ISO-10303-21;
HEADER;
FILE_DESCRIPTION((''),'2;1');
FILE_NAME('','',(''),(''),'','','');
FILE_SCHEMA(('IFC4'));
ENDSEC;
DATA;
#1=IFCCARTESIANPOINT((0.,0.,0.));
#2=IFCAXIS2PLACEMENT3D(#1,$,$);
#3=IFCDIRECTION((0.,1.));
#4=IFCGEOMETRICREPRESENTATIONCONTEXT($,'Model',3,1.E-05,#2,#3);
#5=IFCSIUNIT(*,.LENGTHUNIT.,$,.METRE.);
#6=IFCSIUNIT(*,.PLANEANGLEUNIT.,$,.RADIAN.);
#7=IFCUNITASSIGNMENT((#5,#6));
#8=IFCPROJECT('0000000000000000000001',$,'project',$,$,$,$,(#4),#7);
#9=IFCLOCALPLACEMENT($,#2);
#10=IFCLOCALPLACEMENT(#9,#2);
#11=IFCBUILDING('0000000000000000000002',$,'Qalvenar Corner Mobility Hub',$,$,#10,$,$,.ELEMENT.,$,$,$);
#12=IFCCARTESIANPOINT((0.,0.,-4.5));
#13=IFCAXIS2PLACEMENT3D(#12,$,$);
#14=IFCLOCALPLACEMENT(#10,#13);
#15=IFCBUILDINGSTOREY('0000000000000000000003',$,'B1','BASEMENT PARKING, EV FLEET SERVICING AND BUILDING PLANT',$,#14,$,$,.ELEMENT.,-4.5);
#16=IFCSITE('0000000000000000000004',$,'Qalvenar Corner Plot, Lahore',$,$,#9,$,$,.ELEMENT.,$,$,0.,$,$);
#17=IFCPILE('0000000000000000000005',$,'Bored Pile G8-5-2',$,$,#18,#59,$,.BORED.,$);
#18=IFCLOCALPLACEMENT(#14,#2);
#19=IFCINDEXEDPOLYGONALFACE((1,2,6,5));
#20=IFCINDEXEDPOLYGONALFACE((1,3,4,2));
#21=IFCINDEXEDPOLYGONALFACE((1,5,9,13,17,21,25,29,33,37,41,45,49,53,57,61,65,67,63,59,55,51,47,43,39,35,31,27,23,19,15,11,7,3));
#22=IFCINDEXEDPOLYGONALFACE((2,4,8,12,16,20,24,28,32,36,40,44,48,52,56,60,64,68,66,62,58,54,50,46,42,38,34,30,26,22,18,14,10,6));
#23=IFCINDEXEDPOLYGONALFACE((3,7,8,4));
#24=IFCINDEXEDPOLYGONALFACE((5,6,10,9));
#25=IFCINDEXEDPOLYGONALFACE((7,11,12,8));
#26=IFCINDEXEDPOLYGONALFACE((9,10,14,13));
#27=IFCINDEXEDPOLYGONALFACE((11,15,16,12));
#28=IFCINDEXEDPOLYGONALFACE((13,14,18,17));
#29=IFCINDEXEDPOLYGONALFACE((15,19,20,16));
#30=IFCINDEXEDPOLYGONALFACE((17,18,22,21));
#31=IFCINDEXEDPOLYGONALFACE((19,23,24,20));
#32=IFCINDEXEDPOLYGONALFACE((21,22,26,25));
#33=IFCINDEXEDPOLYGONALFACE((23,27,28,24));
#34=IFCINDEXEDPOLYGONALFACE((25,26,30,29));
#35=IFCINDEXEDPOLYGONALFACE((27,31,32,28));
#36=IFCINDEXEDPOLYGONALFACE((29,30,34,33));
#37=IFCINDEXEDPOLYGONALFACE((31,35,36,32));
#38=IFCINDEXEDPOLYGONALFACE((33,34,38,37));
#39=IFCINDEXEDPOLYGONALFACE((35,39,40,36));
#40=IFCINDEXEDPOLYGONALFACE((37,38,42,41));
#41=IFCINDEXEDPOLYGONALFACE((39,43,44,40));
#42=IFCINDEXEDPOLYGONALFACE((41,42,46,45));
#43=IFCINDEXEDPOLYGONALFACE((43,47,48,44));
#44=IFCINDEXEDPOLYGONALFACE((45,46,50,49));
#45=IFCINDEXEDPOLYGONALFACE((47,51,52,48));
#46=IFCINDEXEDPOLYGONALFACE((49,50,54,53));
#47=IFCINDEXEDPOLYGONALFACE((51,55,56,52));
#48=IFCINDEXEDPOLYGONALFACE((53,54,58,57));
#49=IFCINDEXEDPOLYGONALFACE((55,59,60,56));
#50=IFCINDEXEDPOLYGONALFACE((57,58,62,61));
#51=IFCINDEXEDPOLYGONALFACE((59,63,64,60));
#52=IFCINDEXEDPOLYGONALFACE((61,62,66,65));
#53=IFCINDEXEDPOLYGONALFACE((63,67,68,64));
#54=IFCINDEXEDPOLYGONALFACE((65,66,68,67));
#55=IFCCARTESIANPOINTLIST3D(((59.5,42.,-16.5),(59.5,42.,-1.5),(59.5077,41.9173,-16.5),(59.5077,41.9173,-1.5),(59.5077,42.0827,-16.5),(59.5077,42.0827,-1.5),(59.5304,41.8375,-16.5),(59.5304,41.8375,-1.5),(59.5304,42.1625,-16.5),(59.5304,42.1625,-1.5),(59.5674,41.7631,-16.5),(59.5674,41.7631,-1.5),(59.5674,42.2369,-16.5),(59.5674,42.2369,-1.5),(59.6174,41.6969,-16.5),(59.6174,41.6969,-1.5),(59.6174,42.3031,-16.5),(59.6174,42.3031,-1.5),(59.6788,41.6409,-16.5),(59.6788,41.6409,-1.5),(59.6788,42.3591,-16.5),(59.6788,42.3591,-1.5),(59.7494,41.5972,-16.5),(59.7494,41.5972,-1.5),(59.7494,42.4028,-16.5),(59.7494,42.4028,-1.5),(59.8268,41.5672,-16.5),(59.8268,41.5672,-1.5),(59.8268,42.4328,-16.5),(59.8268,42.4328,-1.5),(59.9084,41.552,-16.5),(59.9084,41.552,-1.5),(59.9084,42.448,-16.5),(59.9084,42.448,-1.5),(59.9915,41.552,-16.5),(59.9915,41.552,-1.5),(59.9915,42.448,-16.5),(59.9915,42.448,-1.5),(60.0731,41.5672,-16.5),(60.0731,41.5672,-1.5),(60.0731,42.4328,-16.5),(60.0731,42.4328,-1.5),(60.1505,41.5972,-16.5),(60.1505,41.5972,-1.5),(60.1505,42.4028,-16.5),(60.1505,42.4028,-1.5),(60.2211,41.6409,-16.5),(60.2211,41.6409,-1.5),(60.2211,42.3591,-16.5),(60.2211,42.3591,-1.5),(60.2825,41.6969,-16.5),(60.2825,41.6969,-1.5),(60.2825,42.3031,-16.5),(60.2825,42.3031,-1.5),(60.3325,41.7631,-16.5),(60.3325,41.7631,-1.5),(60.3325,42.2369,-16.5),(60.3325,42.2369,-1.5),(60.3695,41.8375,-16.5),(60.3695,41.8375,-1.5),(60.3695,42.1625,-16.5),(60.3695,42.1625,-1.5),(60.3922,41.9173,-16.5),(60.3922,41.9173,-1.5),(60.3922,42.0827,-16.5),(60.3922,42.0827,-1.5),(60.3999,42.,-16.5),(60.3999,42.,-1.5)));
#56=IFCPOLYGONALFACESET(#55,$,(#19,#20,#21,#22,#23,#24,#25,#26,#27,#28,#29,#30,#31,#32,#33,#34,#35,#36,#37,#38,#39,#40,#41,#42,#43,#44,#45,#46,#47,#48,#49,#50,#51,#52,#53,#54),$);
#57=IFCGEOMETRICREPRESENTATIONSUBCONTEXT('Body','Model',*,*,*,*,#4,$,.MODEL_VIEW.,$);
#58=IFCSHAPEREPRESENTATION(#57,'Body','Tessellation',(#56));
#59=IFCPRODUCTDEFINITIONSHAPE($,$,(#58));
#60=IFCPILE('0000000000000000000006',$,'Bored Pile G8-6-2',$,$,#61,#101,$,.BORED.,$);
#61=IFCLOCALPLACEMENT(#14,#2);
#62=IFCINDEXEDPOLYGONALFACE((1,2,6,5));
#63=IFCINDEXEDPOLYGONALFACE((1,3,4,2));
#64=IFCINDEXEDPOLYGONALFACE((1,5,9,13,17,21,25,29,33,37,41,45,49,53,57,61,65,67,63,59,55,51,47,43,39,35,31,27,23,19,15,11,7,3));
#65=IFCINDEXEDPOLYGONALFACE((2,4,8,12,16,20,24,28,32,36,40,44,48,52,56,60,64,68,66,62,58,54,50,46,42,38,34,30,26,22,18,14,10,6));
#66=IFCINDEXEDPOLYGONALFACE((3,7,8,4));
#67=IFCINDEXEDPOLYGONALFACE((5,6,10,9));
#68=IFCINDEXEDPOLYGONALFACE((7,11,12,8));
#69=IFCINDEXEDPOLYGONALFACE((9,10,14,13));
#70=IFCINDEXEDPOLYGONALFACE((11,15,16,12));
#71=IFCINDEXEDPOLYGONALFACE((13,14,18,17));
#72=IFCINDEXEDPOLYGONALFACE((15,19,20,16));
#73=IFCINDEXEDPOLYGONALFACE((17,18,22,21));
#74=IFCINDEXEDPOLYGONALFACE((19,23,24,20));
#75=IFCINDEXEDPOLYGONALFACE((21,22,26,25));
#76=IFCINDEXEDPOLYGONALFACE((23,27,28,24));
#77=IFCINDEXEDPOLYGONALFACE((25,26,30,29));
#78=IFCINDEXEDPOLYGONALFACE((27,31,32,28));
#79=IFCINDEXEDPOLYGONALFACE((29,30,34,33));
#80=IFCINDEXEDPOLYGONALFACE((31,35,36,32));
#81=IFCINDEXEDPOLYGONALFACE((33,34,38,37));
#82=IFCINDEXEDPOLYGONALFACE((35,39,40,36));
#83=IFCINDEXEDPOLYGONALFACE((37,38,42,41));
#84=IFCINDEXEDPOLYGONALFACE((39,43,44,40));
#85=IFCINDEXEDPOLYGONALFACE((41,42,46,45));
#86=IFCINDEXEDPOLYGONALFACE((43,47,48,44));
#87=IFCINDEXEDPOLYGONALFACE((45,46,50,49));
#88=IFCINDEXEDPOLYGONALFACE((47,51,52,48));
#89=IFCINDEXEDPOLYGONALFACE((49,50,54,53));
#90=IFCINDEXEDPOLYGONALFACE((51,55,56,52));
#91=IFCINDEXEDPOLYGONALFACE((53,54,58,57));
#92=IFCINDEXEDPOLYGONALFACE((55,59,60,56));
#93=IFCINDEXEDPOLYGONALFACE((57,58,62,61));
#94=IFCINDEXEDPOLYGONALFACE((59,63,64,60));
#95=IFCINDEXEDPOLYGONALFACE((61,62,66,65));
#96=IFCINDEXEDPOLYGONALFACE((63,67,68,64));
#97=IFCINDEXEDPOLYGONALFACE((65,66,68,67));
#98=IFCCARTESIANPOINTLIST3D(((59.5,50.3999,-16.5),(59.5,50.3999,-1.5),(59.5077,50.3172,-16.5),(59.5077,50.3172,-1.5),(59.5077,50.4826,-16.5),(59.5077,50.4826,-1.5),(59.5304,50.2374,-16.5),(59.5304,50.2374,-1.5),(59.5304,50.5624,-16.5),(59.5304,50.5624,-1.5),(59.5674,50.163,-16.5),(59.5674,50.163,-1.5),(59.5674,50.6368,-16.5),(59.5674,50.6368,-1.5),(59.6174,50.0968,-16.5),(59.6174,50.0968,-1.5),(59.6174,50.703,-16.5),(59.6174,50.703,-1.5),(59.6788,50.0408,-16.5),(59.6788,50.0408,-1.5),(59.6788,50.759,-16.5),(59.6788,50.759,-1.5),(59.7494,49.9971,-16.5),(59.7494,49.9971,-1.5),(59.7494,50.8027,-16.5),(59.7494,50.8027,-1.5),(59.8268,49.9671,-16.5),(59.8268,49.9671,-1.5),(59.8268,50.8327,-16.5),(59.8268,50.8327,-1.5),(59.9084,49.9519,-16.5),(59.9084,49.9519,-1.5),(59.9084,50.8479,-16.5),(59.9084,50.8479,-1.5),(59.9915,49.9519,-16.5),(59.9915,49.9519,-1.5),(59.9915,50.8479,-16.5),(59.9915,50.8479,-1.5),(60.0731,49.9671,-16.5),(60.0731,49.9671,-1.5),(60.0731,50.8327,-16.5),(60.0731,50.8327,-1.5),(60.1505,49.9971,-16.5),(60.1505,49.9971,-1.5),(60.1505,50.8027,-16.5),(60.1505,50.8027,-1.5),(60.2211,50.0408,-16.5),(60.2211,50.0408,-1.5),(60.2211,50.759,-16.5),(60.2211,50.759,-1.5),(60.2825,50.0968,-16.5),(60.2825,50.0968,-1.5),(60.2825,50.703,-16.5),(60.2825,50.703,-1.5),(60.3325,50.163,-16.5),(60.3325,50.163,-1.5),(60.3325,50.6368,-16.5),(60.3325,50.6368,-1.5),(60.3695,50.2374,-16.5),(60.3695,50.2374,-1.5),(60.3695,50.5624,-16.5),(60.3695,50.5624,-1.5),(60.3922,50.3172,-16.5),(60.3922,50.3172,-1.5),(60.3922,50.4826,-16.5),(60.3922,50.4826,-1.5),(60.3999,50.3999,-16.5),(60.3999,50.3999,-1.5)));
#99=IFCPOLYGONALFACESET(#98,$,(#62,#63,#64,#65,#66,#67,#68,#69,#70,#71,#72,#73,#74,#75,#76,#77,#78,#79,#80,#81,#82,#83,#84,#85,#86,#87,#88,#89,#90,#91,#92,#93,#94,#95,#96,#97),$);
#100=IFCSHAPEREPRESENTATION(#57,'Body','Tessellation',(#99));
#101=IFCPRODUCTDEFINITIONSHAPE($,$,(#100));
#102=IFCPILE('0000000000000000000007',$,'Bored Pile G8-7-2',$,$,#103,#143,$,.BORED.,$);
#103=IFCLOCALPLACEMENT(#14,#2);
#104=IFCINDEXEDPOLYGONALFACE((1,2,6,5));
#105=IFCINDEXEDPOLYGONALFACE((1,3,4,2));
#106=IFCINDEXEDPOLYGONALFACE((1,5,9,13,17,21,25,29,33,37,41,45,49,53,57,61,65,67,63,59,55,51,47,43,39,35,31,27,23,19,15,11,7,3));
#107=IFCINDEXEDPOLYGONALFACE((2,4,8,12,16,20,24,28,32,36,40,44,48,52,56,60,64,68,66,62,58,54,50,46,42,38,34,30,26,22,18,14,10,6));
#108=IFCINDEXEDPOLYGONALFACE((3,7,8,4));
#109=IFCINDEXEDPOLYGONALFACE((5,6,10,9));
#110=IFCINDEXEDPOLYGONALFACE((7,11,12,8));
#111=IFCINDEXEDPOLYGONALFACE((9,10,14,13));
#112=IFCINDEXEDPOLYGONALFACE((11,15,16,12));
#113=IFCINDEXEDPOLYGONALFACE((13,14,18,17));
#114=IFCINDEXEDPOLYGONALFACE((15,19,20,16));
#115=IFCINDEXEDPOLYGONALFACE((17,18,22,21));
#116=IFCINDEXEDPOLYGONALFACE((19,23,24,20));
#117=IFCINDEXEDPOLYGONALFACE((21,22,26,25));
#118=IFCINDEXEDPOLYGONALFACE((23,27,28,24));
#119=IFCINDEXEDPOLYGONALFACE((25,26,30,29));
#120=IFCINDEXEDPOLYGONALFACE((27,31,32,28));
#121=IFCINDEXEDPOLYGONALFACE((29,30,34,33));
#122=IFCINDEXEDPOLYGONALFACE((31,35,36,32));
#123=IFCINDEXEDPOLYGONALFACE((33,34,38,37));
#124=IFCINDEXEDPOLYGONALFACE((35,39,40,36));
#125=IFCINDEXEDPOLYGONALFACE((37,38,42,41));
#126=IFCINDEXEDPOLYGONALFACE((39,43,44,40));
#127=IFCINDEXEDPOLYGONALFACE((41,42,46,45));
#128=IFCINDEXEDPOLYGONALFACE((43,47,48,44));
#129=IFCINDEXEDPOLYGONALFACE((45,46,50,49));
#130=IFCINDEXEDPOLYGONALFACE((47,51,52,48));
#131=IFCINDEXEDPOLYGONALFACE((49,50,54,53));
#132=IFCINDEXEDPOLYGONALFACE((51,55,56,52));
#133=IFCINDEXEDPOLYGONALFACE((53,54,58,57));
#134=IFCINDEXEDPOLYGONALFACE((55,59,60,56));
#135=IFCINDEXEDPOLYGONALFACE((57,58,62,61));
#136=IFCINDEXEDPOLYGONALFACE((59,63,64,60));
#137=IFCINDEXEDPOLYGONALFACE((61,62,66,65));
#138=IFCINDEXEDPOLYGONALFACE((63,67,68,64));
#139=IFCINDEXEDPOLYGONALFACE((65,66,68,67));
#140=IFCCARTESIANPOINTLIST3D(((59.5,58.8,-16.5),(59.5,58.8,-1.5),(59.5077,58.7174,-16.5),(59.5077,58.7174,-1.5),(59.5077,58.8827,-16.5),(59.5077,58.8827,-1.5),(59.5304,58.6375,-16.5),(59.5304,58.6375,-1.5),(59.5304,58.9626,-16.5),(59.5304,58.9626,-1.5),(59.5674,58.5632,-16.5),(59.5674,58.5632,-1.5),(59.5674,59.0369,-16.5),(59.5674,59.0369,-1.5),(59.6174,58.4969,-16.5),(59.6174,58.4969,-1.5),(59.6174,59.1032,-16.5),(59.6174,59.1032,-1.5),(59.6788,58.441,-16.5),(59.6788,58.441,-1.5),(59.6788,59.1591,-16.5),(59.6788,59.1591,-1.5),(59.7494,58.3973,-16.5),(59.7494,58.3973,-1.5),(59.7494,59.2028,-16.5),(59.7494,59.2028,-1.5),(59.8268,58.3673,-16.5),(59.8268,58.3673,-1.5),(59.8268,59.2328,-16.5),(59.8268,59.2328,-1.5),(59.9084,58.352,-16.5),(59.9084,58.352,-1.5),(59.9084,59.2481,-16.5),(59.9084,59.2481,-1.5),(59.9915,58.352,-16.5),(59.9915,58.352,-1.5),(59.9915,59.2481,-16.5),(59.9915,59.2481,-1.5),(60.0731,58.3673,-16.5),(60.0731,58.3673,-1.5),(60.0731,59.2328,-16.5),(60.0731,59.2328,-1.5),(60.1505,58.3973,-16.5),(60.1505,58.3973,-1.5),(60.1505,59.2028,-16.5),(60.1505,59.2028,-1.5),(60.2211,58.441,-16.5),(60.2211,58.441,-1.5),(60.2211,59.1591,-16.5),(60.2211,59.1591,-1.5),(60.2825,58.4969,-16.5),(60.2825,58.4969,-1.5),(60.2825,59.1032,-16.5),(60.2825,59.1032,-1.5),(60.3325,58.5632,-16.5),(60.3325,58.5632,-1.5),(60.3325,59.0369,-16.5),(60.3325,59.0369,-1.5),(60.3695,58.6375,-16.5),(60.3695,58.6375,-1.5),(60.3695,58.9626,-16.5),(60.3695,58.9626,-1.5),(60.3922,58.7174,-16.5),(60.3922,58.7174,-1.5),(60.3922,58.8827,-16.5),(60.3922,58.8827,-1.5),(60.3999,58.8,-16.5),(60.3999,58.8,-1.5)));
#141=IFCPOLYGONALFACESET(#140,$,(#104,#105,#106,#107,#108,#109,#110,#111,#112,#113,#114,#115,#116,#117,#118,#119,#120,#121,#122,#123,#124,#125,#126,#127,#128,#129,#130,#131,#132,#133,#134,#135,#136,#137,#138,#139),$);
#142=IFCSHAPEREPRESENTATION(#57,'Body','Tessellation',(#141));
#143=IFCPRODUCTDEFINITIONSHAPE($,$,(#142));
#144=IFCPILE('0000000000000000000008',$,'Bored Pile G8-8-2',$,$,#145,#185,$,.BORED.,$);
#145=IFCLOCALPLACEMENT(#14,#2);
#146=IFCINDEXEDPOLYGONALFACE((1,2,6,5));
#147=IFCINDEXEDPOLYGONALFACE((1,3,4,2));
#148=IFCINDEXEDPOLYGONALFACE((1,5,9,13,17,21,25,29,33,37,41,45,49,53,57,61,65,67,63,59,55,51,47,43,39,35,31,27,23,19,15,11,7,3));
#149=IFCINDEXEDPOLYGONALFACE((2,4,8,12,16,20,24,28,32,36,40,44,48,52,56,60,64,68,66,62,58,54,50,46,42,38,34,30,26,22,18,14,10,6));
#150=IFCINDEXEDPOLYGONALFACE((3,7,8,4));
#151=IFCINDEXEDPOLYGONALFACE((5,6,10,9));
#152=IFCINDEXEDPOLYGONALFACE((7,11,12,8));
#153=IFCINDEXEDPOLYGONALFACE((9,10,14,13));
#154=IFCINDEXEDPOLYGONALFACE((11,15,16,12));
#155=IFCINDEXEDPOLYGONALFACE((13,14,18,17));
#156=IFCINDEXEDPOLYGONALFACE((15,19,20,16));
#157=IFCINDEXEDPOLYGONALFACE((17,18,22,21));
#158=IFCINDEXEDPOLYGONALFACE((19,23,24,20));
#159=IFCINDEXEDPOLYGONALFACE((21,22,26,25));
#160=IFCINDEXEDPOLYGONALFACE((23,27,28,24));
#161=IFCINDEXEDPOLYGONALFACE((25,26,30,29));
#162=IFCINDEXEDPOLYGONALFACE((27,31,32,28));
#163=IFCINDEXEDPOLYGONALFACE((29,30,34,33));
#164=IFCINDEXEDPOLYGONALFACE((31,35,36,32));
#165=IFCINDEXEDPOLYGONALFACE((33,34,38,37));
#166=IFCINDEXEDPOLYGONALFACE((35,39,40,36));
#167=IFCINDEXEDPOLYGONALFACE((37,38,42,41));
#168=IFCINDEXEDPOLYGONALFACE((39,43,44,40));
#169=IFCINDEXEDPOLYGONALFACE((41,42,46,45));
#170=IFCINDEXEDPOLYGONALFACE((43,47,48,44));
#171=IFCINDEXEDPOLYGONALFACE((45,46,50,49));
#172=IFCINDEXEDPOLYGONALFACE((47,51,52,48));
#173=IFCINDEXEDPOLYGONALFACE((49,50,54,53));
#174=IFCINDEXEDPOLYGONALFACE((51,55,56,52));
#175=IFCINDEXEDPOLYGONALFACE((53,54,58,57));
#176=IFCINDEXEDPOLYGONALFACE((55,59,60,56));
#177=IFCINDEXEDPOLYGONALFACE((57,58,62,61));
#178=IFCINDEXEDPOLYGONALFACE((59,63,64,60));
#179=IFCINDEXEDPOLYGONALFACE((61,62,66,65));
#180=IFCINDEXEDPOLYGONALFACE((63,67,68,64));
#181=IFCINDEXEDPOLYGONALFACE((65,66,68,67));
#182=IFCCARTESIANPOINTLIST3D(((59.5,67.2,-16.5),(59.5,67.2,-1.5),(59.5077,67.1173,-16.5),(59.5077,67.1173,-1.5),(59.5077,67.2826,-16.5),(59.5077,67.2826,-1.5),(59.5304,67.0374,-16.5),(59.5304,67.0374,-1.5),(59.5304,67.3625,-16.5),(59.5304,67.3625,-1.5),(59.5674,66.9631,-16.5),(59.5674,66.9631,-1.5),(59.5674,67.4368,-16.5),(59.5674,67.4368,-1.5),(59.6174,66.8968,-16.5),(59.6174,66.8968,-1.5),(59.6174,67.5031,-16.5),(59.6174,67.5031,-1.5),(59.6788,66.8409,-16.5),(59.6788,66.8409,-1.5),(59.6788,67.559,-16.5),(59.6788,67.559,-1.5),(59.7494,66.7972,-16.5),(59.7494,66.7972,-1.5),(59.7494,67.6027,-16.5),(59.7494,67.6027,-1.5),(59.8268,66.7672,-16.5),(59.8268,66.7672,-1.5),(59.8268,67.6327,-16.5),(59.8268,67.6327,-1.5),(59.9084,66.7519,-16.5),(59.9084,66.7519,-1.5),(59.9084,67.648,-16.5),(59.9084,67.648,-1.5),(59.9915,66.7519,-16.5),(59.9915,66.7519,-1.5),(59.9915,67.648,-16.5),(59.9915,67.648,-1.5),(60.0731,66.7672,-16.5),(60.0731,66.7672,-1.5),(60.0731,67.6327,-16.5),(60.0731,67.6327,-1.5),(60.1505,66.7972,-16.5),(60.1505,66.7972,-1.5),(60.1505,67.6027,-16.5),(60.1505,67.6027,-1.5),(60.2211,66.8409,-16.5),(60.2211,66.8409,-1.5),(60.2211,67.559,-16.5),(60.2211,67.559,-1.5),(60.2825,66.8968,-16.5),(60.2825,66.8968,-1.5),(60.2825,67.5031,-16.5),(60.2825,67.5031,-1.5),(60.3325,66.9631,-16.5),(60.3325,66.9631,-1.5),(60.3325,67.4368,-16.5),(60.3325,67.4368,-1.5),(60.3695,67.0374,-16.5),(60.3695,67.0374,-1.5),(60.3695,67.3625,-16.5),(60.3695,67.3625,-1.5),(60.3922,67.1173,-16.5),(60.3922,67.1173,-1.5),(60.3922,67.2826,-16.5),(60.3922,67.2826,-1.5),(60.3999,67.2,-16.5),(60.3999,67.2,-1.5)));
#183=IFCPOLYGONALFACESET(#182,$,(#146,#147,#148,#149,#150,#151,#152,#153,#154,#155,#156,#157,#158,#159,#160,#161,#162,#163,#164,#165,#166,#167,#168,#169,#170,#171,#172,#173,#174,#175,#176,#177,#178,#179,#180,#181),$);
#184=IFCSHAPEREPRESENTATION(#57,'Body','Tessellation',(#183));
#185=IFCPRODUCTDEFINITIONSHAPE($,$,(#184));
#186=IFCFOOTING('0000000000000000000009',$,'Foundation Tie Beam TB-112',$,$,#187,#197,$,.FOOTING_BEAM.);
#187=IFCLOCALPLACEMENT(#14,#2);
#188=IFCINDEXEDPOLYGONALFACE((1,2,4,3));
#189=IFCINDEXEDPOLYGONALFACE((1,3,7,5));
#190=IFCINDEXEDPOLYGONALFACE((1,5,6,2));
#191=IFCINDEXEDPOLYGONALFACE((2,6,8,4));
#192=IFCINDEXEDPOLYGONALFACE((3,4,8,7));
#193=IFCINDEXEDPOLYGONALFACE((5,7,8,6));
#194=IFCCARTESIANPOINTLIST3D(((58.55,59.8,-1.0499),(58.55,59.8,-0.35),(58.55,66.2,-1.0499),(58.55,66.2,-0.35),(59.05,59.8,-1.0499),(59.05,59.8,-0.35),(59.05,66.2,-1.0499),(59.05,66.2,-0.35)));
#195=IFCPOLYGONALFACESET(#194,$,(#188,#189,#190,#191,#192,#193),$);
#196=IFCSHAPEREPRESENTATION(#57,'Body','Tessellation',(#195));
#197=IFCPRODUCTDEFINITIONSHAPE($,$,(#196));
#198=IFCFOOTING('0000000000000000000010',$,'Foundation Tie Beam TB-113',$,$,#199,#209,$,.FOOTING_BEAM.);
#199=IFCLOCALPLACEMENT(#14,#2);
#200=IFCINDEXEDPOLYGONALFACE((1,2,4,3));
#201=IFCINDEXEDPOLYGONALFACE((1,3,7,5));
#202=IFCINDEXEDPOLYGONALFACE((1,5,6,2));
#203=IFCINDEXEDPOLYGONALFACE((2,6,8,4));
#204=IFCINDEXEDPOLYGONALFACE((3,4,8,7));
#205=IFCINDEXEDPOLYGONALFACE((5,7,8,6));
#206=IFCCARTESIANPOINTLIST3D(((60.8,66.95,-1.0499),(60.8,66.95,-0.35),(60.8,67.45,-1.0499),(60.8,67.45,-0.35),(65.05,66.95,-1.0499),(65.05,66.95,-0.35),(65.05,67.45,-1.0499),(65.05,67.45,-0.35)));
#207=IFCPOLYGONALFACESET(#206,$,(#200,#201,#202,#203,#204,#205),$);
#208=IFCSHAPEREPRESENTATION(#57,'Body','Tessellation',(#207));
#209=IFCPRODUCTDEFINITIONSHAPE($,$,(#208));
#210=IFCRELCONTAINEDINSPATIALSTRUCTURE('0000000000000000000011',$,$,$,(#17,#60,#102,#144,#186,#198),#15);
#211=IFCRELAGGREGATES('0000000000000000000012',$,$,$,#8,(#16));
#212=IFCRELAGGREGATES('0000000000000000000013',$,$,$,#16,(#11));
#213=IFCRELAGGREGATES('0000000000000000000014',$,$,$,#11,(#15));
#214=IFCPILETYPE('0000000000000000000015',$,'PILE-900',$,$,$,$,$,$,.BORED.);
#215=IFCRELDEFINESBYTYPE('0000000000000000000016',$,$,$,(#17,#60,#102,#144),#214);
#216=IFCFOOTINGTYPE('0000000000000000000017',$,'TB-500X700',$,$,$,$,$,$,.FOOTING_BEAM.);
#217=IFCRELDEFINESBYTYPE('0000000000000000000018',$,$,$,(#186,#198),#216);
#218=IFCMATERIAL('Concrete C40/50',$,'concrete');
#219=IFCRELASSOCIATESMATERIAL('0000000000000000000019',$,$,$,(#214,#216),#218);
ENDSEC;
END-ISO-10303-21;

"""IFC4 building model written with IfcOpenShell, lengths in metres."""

from ifc_helpers import new_model, si_unit, direction, frame, origin, origin_2d, place, context, subcontext, project, spatial, rectangle, circle, extrude, material, material_profile, profile_set, type_object, element, save


model = new_model("IFC4")

# Units and contexts
model_context = context("Model", 3, precision=1e-05, world=origin(), true_north=direction((0.0, 1.0)))
body_context = subcontext(model_context, "Body", "Model", "MODEL_VIEW")
ifc_project = project(units=[si_unit("LENGTHUNIT", "METRE"), si_unit("PLANEANGLEUNIT", "RADIAN")], contexts=[model_context])

# Site, building, storey
site_placement = place(None, origin())
site = spatial("IfcSite", under=ifc_project, at=site_placement, Name="Qalvenar Corner Plot, Lahore", CompositionType="ELEMENT", RefElevation=0.0)
building_placement = place(site_placement, origin())
building = spatial("IfcBuilding", under=site, at=building_placement, Name="Qalvenar Corner Mobility Hub", CompositionType="ELEMENT")
storey_placement = place(building_placement, frame((0.0, 0.0, -4.5)))
storey = spatial("IfcBuildingStorey", under=building, at=storey_placement, Name="B1", Description="BASEMENT PARKING, EV FLEET SERVICING AND BUILDING PLANT", CompositionType="ELEMENT", Elevation=-4.5)

# Shared definitions
ifc_material_1 = material(Name="Concrete C40/50", Category="concrete")

# Piles
ifc_material_profile_1 = material_profile(ifc_material_1, circle(Radius=0.45, at=origin_2d()), Name="DIA900")
ifc_profile_set_1 = profile_set([ifc_material_profile_1], Name="Concrete C40/50")
pile_type_1 = type_object("IfcPileType", Name="PILE-900", PredefinedType="BORED", material=ifc_profile_set_1)
for number, where, z_axis, x_axis, name in (
    (1, (59.95, 42.0, -1.5), (0.0, 0.0, -1.0), (1.0, 0.0, 0.0), "Bored Pile G8-5-2"),
    (2, (59.95, 50.3999, -1.5), (0.0, 0.0, -1.0), (1.0, 0.0, 0.0), "Bored Pile G8-6-2"),
    (3, (59.95, 58.8, -1.5), (0.0, 0.0, -1.0), (1.0, 0.0, 0.0), "Bored Pile G8-7-2"),
    (4, (59.95, 67.2, -1.5), (0.0, 0.0, -1.0), (1.0, 0.0, 0.0), "Bored Pile G8-8-2"),
):
    element("IfcPile", number, at=place(storey_placement, frame(where, z_axis=z_axis, x_axis=x_axis)), inside=storey, type_object=pile_type_1, Name=name, PredefinedType="BORED", context=body_context, shape_type="SweptSolid", body=[
        extrude(circle(Radius=0.45, at=origin_2d()), origin(), (0.0, 0.0, 1.0), 15.0),
    ])

# Footings
ifc_material_profile_2 = material_profile(ifc_material_1, rectangle(XDim=0.5, YDim=0.7, at=origin_2d()), Name="RC500x700")
ifc_profile_set_2 = profile_set([ifc_material_profile_2], Name="Concrete C40/50")
footing_type_1 = type_object("IfcFootingType", Name="TB-500X700", PredefinedType="FOOTING_BEAM", material=ifc_profile_set_2)
footing_1_placement = place(storey_placement, frame((58.8, 59.8, -0.7), z_axis=(0.0, 1.0, 0.0), x_axis=(-1.0, 0.0, 0.0)))
element("IfcFooting", 5, at=footing_1_placement, inside=storey, type_object=footing_type_1, Name="Foundation Tie Beam TB-112", PredefinedType="FOOTING_BEAM", context=body_context, shape_type="SweptSolid", body=[
    extrude(rectangle(XDim=0.5, YDim=0.7, at=origin_2d()), origin(), (0.0, 0.0, 1.0), 6.3999),
])
footing_2_placement = place(storey_placement, frame((60.8, 67.2, -0.7), z_axis=(1.0, 0.0, 0.0), x_axis=(0.0, 1.0, 0.0)))
element("IfcFooting", 6, at=footing_2_placement, inside=storey, type_object=footing_type_1, Name="Foundation Tie Beam TB-113", PredefinedType="FOOTING_BEAM", context=body_context, shape_type="SweptSolid", body=[
    extrude(rectangle(XDim=0.5, YDim=0.7, at=origin_2d()), origin(), (0.0, 0.0, 1.0), 4.25),
])

save(model, "model.ifc")
